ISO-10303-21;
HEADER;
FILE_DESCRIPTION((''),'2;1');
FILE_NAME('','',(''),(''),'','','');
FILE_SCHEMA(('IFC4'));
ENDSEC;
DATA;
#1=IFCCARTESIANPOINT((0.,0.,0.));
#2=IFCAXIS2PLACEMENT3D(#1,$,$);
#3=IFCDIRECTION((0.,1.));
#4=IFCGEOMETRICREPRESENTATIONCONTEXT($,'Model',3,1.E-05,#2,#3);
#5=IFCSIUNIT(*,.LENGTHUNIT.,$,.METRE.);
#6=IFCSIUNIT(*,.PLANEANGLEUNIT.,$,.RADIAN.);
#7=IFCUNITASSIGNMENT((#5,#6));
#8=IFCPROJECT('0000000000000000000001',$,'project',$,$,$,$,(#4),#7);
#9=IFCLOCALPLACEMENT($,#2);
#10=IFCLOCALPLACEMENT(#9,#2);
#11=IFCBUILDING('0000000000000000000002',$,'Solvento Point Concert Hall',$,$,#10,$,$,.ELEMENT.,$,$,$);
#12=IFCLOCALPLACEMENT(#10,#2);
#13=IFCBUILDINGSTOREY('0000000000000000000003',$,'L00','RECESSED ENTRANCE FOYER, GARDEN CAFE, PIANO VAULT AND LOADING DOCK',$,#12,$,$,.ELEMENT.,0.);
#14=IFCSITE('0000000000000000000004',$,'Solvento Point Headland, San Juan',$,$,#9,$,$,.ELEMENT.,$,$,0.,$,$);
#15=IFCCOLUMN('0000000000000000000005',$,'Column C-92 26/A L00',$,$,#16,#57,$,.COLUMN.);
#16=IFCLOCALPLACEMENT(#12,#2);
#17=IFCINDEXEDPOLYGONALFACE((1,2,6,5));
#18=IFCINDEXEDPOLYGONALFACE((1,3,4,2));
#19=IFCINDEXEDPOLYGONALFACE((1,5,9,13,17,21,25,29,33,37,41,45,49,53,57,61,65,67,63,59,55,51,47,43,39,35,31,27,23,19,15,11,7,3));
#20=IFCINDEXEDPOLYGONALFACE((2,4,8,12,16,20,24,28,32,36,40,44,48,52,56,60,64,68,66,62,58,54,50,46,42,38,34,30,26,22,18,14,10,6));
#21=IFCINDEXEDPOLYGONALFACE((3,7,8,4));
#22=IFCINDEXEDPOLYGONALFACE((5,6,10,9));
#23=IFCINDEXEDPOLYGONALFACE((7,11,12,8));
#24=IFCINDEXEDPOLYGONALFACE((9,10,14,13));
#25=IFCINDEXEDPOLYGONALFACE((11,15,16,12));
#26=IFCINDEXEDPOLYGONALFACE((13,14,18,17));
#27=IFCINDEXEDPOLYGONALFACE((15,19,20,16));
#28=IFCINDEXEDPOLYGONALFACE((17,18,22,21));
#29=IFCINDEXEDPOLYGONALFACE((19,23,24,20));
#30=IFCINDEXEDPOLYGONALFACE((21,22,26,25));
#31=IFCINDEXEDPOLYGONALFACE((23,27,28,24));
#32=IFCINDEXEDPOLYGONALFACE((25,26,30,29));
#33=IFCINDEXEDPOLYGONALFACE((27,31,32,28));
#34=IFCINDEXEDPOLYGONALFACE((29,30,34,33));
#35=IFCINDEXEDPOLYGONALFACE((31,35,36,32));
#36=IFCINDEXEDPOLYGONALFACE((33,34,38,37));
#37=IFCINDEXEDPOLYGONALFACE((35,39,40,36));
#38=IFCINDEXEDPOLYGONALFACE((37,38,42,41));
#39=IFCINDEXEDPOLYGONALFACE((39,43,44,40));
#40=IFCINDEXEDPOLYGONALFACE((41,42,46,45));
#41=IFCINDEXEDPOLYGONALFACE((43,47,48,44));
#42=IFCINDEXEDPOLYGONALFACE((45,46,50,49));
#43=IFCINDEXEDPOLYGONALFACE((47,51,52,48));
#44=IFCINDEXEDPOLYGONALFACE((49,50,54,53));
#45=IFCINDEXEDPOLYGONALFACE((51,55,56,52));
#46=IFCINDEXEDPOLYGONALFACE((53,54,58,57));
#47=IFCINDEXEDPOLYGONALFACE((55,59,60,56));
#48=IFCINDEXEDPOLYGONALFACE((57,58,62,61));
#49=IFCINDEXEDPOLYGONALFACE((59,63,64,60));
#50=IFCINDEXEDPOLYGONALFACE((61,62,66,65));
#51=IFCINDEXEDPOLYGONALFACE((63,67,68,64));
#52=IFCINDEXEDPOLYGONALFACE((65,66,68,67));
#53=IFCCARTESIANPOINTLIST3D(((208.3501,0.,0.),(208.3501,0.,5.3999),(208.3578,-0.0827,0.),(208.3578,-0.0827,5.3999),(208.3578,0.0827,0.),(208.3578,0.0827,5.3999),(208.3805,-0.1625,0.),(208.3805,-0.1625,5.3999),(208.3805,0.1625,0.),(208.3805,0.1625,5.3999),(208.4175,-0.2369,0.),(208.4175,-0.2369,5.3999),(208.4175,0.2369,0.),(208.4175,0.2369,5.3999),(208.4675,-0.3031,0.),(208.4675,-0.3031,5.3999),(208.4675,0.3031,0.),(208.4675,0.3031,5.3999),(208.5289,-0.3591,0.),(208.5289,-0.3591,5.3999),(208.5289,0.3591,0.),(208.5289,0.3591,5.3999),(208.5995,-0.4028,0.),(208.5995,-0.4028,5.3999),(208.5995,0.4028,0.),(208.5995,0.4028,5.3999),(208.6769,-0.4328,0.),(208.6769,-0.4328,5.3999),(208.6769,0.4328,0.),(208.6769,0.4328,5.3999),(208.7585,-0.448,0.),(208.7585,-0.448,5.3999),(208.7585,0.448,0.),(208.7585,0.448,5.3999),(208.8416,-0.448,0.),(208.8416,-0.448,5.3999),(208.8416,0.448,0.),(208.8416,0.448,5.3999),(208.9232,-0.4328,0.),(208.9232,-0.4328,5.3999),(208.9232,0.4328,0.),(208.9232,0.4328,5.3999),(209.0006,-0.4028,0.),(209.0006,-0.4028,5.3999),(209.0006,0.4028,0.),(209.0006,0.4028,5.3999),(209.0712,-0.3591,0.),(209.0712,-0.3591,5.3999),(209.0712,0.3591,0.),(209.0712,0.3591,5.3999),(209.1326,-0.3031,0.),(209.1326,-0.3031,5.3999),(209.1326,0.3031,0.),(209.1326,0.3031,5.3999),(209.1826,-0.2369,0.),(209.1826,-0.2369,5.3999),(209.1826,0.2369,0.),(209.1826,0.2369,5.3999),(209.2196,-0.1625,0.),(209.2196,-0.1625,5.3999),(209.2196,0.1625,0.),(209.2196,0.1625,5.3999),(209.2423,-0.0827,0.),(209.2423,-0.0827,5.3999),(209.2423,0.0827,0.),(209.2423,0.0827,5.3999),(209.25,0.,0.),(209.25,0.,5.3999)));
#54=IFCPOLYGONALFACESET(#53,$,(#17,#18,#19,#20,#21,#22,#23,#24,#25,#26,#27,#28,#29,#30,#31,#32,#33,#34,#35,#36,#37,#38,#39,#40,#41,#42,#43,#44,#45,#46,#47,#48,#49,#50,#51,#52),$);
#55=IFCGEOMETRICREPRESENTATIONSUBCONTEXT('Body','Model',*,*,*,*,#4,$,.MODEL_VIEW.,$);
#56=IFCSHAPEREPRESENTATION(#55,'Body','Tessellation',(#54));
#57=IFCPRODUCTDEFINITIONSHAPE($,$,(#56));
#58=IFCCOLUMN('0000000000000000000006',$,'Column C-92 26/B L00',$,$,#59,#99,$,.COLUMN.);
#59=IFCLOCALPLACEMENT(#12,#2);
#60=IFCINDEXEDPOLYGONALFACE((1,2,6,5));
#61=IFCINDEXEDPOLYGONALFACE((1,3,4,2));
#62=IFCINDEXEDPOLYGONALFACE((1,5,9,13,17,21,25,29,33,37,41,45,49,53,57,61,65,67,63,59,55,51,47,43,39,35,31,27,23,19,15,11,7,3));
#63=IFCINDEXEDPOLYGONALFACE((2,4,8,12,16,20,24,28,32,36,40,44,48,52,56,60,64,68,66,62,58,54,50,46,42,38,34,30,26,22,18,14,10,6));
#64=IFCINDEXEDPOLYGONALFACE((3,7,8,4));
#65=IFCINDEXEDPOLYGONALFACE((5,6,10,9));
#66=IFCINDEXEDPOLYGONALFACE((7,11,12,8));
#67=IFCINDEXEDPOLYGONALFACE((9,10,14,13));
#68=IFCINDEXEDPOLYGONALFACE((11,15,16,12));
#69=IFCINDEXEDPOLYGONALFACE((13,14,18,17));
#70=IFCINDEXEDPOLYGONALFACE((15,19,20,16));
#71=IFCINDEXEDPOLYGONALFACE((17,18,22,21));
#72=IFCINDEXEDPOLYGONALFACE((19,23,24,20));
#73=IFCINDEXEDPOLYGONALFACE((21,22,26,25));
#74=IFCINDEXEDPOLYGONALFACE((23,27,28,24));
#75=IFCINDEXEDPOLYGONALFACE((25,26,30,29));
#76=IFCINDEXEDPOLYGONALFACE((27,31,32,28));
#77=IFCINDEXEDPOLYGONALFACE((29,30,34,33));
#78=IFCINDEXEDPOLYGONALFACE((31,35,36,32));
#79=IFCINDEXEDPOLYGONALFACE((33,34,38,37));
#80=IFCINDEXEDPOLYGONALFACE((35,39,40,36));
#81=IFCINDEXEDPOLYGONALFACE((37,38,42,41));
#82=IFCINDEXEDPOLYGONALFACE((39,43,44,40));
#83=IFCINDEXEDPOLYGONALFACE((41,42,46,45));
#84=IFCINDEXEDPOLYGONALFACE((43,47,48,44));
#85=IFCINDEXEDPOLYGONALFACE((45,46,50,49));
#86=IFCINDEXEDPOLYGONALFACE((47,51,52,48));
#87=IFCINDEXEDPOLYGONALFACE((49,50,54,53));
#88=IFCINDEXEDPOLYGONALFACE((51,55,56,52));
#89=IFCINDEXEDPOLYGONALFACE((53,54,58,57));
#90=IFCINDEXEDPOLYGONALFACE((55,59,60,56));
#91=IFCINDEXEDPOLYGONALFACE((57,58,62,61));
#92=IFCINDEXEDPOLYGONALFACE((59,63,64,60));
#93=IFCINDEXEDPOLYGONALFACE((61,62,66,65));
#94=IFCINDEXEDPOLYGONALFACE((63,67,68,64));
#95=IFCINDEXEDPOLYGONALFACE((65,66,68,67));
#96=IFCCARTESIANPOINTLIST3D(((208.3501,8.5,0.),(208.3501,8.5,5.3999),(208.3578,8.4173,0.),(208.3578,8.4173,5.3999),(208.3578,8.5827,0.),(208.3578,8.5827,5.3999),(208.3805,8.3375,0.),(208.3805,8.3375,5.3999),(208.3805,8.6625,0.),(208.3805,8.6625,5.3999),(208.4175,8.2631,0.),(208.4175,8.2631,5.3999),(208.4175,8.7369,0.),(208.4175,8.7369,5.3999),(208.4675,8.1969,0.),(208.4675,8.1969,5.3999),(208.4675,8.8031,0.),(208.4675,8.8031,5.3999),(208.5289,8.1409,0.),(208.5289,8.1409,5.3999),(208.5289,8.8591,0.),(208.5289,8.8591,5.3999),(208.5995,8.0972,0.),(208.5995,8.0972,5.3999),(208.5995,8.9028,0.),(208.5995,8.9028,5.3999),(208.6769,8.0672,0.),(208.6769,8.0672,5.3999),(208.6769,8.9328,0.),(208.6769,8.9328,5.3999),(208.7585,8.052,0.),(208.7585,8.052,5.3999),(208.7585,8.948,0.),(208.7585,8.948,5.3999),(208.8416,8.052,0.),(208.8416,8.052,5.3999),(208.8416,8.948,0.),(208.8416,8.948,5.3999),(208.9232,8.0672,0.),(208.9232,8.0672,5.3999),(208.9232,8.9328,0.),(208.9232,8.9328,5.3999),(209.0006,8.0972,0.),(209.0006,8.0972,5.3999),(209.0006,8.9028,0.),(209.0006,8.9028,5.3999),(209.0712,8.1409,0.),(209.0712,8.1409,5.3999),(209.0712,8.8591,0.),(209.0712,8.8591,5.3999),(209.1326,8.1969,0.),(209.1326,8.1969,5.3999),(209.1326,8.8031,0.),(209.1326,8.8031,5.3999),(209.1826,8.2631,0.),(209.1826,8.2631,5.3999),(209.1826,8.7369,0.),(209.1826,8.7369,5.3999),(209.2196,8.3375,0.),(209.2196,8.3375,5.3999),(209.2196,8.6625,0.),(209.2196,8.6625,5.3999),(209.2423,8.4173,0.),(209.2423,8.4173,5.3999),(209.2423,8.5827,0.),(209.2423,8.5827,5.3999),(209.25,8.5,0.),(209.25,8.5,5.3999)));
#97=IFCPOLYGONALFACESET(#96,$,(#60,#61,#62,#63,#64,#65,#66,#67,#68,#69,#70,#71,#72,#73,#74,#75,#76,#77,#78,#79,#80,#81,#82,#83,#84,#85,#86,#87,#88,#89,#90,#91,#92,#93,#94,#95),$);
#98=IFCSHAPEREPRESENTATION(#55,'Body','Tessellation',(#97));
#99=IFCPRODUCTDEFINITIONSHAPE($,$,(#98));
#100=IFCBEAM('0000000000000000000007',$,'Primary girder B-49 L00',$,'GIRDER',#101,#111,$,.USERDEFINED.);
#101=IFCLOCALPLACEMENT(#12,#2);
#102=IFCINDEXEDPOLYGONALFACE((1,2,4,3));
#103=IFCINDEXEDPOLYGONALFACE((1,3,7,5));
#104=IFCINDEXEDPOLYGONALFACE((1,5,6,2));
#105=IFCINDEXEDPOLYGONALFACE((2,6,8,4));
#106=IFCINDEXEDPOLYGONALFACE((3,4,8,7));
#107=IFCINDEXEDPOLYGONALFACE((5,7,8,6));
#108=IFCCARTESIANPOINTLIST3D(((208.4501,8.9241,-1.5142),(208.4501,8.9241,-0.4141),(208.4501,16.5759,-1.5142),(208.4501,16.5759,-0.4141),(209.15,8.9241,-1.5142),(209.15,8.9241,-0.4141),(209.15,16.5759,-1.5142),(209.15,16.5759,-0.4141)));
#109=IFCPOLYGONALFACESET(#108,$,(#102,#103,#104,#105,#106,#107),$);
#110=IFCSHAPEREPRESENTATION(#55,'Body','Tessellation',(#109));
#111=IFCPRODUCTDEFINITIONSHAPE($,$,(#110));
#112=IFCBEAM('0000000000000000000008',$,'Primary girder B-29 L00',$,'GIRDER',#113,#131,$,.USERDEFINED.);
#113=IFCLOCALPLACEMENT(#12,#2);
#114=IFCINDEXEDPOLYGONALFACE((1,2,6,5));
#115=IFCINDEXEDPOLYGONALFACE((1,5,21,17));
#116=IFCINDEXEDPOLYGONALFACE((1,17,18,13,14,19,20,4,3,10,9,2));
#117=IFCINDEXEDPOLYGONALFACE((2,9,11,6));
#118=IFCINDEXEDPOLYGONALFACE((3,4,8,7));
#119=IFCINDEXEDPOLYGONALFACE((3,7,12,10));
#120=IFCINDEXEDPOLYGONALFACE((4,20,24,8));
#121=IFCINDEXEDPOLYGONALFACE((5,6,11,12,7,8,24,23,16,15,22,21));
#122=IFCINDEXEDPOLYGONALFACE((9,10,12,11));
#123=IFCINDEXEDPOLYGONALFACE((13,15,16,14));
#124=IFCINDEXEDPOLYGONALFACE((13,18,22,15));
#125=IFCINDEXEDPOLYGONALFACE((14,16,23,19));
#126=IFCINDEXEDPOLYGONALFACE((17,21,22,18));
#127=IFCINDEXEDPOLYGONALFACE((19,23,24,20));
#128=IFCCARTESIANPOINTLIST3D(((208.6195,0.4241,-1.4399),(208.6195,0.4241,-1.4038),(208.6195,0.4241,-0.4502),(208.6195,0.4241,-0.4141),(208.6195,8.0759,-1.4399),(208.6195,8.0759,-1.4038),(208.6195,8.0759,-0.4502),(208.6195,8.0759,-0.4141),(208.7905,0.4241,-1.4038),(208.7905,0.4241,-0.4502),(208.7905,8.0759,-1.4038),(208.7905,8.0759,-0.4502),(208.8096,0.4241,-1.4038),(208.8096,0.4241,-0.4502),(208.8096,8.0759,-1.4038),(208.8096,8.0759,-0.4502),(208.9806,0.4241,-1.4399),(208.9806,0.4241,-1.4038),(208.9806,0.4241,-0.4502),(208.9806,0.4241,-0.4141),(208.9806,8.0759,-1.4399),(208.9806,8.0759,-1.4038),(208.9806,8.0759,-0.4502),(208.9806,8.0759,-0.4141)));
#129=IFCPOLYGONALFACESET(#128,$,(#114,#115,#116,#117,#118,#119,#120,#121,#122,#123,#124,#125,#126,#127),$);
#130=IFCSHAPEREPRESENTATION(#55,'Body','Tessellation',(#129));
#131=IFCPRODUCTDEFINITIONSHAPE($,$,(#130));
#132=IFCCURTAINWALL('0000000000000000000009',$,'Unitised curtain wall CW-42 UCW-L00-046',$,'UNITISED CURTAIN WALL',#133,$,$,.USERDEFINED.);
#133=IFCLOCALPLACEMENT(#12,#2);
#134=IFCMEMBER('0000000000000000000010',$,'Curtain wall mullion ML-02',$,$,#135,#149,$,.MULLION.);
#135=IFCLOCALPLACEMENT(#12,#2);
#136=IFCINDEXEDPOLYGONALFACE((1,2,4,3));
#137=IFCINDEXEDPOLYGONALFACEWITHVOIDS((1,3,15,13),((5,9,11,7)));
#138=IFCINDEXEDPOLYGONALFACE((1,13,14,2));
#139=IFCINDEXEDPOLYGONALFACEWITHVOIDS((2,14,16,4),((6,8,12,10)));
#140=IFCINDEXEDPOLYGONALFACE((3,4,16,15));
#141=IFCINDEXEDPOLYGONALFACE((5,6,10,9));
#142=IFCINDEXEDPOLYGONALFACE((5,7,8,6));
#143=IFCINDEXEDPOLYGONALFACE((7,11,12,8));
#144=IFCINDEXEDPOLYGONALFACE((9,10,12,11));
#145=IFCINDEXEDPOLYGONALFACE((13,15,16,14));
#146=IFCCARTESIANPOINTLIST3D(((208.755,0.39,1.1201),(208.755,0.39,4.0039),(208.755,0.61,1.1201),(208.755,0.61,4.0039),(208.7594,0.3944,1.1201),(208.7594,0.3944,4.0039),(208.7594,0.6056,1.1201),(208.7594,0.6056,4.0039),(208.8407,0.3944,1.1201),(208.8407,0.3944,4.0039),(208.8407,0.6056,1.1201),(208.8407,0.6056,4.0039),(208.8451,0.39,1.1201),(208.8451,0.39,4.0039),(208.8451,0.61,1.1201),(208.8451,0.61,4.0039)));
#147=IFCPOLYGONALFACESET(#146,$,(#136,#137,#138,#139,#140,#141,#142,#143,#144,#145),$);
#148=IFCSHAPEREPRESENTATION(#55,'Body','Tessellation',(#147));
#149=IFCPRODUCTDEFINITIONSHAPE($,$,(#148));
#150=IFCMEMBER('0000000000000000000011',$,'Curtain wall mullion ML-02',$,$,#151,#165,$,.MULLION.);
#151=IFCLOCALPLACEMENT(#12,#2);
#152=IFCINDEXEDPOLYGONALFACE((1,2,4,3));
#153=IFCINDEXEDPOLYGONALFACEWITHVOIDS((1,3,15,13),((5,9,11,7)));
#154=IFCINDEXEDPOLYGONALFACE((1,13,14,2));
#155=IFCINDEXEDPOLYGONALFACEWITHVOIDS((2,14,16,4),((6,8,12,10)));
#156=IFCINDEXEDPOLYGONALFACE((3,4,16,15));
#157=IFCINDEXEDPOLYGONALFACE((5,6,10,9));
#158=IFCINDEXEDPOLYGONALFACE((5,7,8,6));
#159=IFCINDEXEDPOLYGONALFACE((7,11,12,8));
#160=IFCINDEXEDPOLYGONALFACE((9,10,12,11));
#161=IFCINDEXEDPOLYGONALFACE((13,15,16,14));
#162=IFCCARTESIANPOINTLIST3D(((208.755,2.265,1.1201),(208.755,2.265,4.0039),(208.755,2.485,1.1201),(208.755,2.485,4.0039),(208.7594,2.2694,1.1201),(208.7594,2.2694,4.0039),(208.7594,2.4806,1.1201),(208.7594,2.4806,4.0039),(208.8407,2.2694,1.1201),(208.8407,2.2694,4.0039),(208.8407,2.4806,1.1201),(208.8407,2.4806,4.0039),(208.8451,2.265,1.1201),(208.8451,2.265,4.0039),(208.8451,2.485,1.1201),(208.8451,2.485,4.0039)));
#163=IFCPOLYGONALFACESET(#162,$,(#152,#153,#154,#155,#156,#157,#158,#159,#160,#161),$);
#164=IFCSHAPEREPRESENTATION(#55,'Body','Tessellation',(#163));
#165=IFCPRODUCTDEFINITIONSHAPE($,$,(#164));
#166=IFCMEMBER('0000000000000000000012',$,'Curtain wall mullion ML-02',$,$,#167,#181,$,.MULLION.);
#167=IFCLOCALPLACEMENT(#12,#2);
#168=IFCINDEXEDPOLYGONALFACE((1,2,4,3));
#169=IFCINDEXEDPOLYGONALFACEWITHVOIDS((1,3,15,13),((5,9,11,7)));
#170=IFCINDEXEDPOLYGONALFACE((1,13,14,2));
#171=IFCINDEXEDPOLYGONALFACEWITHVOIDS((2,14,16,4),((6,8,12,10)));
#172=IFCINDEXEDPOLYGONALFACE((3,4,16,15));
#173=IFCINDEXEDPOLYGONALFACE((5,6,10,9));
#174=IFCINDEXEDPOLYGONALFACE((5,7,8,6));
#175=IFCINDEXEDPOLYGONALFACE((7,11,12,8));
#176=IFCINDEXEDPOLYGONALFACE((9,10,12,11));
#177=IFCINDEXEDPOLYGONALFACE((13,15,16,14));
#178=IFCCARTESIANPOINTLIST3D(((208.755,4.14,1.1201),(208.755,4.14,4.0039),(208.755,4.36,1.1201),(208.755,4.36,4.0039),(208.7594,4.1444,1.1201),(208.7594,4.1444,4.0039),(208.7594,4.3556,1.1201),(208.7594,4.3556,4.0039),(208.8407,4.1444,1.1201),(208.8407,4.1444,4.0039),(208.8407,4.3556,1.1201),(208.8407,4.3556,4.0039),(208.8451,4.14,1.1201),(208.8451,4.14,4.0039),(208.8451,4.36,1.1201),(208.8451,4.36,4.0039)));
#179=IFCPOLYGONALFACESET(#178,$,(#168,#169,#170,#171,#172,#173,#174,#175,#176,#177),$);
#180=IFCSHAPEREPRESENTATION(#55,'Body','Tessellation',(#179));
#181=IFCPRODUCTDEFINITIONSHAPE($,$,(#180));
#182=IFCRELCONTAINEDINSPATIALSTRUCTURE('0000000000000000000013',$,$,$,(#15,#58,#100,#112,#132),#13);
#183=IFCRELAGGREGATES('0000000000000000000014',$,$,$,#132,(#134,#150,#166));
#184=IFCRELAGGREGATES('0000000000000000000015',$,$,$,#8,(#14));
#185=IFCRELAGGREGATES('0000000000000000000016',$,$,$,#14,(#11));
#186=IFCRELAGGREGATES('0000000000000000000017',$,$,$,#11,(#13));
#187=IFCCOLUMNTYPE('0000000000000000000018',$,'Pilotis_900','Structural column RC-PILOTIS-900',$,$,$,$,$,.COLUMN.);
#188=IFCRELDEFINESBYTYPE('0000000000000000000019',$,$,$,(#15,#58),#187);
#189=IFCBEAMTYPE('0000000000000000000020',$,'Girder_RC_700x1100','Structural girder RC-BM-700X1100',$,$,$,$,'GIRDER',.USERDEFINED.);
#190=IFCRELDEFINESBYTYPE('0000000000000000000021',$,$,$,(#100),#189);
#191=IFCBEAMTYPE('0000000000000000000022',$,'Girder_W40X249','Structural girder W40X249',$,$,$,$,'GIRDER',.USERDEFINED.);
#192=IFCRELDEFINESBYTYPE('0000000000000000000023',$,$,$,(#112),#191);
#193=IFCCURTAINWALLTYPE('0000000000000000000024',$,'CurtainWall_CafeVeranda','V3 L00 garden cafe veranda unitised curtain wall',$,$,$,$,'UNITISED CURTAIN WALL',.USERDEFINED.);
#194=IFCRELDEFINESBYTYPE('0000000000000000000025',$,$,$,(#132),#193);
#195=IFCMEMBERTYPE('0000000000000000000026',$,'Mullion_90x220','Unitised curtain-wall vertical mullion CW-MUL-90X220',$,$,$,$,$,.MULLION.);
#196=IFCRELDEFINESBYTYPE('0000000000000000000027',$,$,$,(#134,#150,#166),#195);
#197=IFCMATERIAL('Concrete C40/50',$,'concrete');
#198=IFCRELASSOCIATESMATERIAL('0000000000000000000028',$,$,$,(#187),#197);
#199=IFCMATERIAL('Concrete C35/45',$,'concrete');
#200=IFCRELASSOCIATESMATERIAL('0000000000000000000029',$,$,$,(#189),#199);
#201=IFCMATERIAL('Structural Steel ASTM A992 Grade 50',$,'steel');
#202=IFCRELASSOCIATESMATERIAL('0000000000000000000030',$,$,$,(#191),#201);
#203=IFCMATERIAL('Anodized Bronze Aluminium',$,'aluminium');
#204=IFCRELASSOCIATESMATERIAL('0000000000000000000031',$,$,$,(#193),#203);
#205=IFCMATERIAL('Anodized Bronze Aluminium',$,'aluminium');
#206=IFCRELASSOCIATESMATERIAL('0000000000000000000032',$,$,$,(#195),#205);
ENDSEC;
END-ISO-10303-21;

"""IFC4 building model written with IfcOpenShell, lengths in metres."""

from ifc_helpers import new_model, si_unit, direction, frame, origin, origin_2d, place, context, subcontext, project, spatial, rectangle, hollow_rectangle, circle, i_section, extrude, material, material_profile, profile_set, type_object, element, aggregate, save


model = new_model("IFC4")

# Units and contexts
model_context = context("Model", 3, precision=1e-05, world=origin(), true_north=direction((0.0, 1.0)))
body_context = subcontext(model_context, "Body", "Model", "MODEL_VIEW")
ifc_project = project(units=[si_unit("LENGTHUNIT", "METRE"), si_unit("PLANEANGLEUNIT", "RADIAN")], contexts=[model_context])

# Site, building, storey
site_placement = place(None, origin())
site = spatial("IfcSite", under=ifc_project, at=site_placement, Name="Solvento Point Headland, San Juan", CompositionType="ELEMENT", RefElevation=0.0)
building_placement = place(site_placement, origin())
building = spatial("IfcBuilding", under=site, at=building_placement, Name="Solvento Point Concert Hall", CompositionType="ELEMENT")
storey_placement = place(building_placement, origin())
storey = spatial("IfcBuildingStorey", under=building, at=storey_placement, Name="L00", Description="RECESSED ENTRANCE FOYER, GARDEN CAFE, PIANO VAULT AND LOADING DOCK", CompositionType="ELEMENT", Elevation=0.0)

# Columns
ifc_material_1 = material(Name="Concrete C40/50", Category="concrete")
ifc_material_profile_1 = material_profile(ifc_material_1, circle(Radius=0.45, at=origin_2d()), Name="RC-PILOTIS-900")
ifc_profile_set_1 = profile_set([ifc_material_profile_1], Name="Concrete C40/50")
column_type = type_object("IfcColumnType", Name="Pilotis_900", Description="Structural column RC-PILOTIS-900", PredefinedType="COLUMN", material=ifc_profile_set_1)
for number, where, z_axis, x_axis, name in (
    (1, (208.8, 0.0, 0.0), (0.0, 0.0, 1.0), (1.0, 0.0, 0.0), "Column C-92 26/A L00"),
    (2, (208.8, 8.5, 0.0), (0.0, 0.0, 1.0), (1.0, 0.0, 0.0), "Column C-92 26/B L00"),
):
    element("IfcColumn", number, at=place(storey_placement, frame(where, z_axis=z_axis, x_axis=x_axis)), inside=storey, type_object=column_type, Name=name, PredefinedType="COLUMN", context=body_context, shape_type="SweptSolid", body=[
        extrude(circle(Radius=0.45, at=origin_2d()), origin(), (0.0, 0.0, 1.0), 5.3999),
    ])

# Beams
ifc_material_2 = material(Name="Concrete C35/45", Category="concrete")
ifc_material_profile_2 = material_profile(ifc_material_2, rectangle(XDim=0.7, YDim=1.1001, at=origin_2d()), Name="RC-BM-700X1100")
ifc_profile_set_2 = profile_set([ifc_material_profile_2], Name="Concrete C35/45")
beam_type_1 = type_object("IfcBeamType", Name="Girder_RC_700x1100", Description="Structural girder RC-BM-700X1100", ElementType="GIRDER", PredefinedType="USERDEFINED", material=ifc_profile_set_2)
beam_1_placement = place(storey_placement, frame((208.8, 8.9241, -0.9641), z_axis=(0.0, 1.0, 0.0), x_axis=(-1.0, 0.0, 0.0)))
element("IfcBeam", 3, at=beam_1_placement, inside=storey, type_object=beam_type_1, Name="Primary girder B-49 L00", ObjectType="GIRDER", PredefinedType="USERDEFINED", context=body_context, shape_type="SweptSolid", body=[
    extrude(rectangle(XDim=0.7, YDim=1.1001, at=origin_2d()), origin(), (0.0, 0.0, 1.0), 7.6519),
])
ifc_material_3 = material(Name="Structural Steel ASTM A992 Grade 50", Category="steel")
ifc_material_profile_3 = material_profile(ifc_material_3, i_section(OverallWidth=0.3611, OverallDepth=1.0259, WebThickness=0.019, FlangeThickness=0.0361, at=origin_2d()), Name="W40X249")
ifc_profile_set_3 = profile_set([ifc_material_profile_3], Name="Structural Steel ASTM A992 Grade 50")
beam_type_2 = type_object("IfcBeamType", Name="Girder_W40X249", Description="Structural girder W40X249", ElementType="GIRDER", PredefinedType="USERDEFINED", material=ifc_profile_set_3)
beam_2_placement = place(storey_placement, frame((208.8, 0.4241, -0.927), z_axis=(0.0, 1.0, 0.0), x_axis=(-1.0, 0.0, 0.0)))
element("IfcBeam", 4, at=beam_2_placement, inside=storey, type_object=beam_type_2, Name="Primary girder B-29 L00", ObjectType="GIRDER", PredefinedType="USERDEFINED", context=body_context, shape_type="SweptSolid", body=[
    extrude(i_section(OverallWidth=0.3611, OverallDepth=1.0259, WebThickness=0.019, FlangeThickness=0.0361, at=origin_2d()), origin(), (0.0, 0.0, 1.0), 7.6519),
])

# Curtain wall, members
ifc_material_4 = material(Name="Anodized Bronze Aluminium", Category="aluminium")
curtain_wall_type = type_object("IfcCurtainWallType", Name="CurtainWall_CafeVeranda", Description="V3 L00 garden cafe veranda unitised curtain wall", ElementType="UNITISED CURTAIN WALL", PredefinedType="USERDEFINED", material=ifc_material_4)
curtain_wall_1_placement = place(storey_placement, origin())
curtain_wall_1 = element("IfcCurtainWall", 5, at=curtain_wall_1_placement, inside=storey, type_object=curtain_wall_type, Name="Unitised curtain wall CW-42 UCW-L00-046", ObjectType="UNITISED CURTAIN WALL", PredefinedType="USERDEFINED")
ifc_material_5 = material(Name="Anodized Bronze Aluminium", Category="aluminium")
ifc_material_profile_4 = material_profile(ifc_material_5, hollow_rectangle(XDim=0.0901, YDim=0.22, WallThickness=0.0044, at=origin_2d()), Name="CW-MUL-90X220")
ifc_profile_set_4 = profile_set([ifc_material_profile_4], Name="Anodized Bronze Aluminium")
member_type_1 = type_object("IfcMemberType", Name="Mullion_90x220", Description="Unitised curtain-wall vertical mullion CW-MUL-90X220", PredefinedType="MULLION", material=ifc_profile_set_4)
member_1_placement = place(storey_placement, frame((208.8, 0.5, 1.1201), z_axis=(0.0, 0.0, 1.0), x_axis=(1.0, 0.0, 0.0)))
member_1 = element("IfcMember", 6, at=member_1_placement, type_object=member_type_1, Name="Curtain wall mullion ML-02", PredefinedType="MULLION", context=body_context, shape_type="SweptSolid", body=[
    extrude(hollow_rectangle(XDim=0.0901, YDim=0.22, WallThickness=0.0044, at=origin_2d()), origin(), (0.0, 0.0, 1.0), 2.8838),
])
member_2_placement = place(storey_placement, frame((208.8, 2.375, 1.1201), z_axis=(0.0, 0.0, 1.0), x_axis=(1.0, 0.0, 0.0)))
member_2 = element("IfcMember", 7, at=member_2_placement, type_object=member_type_1, Name="Curtain wall mullion ML-02", PredefinedType="MULLION", context=body_context, shape_type="SweptSolid", body=[
    extrude(hollow_rectangle(XDim=0.0901, YDim=0.22, WallThickness=0.0044, at=origin_2d()), origin(), (0.0, 0.0, 1.0), 2.8838),
])
member_3_placement = place(storey_placement, frame((208.8, 4.25, 1.1201), z_axis=(0.0, 0.0, 1.0), x_axis=(1.0, 0.0, 0.0)))
member_3 = element("IfcMember", 8, at=member_3_placement, type_object=member_type_1, Name="Curtain wall mullion ML-02", PredefinedType="MULLION", context=body_context, shape_type="SweptSolid", body=[
    extrude(hollow_rectangle(XDim=0.0901, YDim=0.22, WallThickness=0.0044, at=origin_2d()), origin(), (0.0, 0.0, 1.0), 2.8838),
])

aggregate(curtain_wall_1, [member_1, member_2, member_3])

save(model, "model.ifc")
